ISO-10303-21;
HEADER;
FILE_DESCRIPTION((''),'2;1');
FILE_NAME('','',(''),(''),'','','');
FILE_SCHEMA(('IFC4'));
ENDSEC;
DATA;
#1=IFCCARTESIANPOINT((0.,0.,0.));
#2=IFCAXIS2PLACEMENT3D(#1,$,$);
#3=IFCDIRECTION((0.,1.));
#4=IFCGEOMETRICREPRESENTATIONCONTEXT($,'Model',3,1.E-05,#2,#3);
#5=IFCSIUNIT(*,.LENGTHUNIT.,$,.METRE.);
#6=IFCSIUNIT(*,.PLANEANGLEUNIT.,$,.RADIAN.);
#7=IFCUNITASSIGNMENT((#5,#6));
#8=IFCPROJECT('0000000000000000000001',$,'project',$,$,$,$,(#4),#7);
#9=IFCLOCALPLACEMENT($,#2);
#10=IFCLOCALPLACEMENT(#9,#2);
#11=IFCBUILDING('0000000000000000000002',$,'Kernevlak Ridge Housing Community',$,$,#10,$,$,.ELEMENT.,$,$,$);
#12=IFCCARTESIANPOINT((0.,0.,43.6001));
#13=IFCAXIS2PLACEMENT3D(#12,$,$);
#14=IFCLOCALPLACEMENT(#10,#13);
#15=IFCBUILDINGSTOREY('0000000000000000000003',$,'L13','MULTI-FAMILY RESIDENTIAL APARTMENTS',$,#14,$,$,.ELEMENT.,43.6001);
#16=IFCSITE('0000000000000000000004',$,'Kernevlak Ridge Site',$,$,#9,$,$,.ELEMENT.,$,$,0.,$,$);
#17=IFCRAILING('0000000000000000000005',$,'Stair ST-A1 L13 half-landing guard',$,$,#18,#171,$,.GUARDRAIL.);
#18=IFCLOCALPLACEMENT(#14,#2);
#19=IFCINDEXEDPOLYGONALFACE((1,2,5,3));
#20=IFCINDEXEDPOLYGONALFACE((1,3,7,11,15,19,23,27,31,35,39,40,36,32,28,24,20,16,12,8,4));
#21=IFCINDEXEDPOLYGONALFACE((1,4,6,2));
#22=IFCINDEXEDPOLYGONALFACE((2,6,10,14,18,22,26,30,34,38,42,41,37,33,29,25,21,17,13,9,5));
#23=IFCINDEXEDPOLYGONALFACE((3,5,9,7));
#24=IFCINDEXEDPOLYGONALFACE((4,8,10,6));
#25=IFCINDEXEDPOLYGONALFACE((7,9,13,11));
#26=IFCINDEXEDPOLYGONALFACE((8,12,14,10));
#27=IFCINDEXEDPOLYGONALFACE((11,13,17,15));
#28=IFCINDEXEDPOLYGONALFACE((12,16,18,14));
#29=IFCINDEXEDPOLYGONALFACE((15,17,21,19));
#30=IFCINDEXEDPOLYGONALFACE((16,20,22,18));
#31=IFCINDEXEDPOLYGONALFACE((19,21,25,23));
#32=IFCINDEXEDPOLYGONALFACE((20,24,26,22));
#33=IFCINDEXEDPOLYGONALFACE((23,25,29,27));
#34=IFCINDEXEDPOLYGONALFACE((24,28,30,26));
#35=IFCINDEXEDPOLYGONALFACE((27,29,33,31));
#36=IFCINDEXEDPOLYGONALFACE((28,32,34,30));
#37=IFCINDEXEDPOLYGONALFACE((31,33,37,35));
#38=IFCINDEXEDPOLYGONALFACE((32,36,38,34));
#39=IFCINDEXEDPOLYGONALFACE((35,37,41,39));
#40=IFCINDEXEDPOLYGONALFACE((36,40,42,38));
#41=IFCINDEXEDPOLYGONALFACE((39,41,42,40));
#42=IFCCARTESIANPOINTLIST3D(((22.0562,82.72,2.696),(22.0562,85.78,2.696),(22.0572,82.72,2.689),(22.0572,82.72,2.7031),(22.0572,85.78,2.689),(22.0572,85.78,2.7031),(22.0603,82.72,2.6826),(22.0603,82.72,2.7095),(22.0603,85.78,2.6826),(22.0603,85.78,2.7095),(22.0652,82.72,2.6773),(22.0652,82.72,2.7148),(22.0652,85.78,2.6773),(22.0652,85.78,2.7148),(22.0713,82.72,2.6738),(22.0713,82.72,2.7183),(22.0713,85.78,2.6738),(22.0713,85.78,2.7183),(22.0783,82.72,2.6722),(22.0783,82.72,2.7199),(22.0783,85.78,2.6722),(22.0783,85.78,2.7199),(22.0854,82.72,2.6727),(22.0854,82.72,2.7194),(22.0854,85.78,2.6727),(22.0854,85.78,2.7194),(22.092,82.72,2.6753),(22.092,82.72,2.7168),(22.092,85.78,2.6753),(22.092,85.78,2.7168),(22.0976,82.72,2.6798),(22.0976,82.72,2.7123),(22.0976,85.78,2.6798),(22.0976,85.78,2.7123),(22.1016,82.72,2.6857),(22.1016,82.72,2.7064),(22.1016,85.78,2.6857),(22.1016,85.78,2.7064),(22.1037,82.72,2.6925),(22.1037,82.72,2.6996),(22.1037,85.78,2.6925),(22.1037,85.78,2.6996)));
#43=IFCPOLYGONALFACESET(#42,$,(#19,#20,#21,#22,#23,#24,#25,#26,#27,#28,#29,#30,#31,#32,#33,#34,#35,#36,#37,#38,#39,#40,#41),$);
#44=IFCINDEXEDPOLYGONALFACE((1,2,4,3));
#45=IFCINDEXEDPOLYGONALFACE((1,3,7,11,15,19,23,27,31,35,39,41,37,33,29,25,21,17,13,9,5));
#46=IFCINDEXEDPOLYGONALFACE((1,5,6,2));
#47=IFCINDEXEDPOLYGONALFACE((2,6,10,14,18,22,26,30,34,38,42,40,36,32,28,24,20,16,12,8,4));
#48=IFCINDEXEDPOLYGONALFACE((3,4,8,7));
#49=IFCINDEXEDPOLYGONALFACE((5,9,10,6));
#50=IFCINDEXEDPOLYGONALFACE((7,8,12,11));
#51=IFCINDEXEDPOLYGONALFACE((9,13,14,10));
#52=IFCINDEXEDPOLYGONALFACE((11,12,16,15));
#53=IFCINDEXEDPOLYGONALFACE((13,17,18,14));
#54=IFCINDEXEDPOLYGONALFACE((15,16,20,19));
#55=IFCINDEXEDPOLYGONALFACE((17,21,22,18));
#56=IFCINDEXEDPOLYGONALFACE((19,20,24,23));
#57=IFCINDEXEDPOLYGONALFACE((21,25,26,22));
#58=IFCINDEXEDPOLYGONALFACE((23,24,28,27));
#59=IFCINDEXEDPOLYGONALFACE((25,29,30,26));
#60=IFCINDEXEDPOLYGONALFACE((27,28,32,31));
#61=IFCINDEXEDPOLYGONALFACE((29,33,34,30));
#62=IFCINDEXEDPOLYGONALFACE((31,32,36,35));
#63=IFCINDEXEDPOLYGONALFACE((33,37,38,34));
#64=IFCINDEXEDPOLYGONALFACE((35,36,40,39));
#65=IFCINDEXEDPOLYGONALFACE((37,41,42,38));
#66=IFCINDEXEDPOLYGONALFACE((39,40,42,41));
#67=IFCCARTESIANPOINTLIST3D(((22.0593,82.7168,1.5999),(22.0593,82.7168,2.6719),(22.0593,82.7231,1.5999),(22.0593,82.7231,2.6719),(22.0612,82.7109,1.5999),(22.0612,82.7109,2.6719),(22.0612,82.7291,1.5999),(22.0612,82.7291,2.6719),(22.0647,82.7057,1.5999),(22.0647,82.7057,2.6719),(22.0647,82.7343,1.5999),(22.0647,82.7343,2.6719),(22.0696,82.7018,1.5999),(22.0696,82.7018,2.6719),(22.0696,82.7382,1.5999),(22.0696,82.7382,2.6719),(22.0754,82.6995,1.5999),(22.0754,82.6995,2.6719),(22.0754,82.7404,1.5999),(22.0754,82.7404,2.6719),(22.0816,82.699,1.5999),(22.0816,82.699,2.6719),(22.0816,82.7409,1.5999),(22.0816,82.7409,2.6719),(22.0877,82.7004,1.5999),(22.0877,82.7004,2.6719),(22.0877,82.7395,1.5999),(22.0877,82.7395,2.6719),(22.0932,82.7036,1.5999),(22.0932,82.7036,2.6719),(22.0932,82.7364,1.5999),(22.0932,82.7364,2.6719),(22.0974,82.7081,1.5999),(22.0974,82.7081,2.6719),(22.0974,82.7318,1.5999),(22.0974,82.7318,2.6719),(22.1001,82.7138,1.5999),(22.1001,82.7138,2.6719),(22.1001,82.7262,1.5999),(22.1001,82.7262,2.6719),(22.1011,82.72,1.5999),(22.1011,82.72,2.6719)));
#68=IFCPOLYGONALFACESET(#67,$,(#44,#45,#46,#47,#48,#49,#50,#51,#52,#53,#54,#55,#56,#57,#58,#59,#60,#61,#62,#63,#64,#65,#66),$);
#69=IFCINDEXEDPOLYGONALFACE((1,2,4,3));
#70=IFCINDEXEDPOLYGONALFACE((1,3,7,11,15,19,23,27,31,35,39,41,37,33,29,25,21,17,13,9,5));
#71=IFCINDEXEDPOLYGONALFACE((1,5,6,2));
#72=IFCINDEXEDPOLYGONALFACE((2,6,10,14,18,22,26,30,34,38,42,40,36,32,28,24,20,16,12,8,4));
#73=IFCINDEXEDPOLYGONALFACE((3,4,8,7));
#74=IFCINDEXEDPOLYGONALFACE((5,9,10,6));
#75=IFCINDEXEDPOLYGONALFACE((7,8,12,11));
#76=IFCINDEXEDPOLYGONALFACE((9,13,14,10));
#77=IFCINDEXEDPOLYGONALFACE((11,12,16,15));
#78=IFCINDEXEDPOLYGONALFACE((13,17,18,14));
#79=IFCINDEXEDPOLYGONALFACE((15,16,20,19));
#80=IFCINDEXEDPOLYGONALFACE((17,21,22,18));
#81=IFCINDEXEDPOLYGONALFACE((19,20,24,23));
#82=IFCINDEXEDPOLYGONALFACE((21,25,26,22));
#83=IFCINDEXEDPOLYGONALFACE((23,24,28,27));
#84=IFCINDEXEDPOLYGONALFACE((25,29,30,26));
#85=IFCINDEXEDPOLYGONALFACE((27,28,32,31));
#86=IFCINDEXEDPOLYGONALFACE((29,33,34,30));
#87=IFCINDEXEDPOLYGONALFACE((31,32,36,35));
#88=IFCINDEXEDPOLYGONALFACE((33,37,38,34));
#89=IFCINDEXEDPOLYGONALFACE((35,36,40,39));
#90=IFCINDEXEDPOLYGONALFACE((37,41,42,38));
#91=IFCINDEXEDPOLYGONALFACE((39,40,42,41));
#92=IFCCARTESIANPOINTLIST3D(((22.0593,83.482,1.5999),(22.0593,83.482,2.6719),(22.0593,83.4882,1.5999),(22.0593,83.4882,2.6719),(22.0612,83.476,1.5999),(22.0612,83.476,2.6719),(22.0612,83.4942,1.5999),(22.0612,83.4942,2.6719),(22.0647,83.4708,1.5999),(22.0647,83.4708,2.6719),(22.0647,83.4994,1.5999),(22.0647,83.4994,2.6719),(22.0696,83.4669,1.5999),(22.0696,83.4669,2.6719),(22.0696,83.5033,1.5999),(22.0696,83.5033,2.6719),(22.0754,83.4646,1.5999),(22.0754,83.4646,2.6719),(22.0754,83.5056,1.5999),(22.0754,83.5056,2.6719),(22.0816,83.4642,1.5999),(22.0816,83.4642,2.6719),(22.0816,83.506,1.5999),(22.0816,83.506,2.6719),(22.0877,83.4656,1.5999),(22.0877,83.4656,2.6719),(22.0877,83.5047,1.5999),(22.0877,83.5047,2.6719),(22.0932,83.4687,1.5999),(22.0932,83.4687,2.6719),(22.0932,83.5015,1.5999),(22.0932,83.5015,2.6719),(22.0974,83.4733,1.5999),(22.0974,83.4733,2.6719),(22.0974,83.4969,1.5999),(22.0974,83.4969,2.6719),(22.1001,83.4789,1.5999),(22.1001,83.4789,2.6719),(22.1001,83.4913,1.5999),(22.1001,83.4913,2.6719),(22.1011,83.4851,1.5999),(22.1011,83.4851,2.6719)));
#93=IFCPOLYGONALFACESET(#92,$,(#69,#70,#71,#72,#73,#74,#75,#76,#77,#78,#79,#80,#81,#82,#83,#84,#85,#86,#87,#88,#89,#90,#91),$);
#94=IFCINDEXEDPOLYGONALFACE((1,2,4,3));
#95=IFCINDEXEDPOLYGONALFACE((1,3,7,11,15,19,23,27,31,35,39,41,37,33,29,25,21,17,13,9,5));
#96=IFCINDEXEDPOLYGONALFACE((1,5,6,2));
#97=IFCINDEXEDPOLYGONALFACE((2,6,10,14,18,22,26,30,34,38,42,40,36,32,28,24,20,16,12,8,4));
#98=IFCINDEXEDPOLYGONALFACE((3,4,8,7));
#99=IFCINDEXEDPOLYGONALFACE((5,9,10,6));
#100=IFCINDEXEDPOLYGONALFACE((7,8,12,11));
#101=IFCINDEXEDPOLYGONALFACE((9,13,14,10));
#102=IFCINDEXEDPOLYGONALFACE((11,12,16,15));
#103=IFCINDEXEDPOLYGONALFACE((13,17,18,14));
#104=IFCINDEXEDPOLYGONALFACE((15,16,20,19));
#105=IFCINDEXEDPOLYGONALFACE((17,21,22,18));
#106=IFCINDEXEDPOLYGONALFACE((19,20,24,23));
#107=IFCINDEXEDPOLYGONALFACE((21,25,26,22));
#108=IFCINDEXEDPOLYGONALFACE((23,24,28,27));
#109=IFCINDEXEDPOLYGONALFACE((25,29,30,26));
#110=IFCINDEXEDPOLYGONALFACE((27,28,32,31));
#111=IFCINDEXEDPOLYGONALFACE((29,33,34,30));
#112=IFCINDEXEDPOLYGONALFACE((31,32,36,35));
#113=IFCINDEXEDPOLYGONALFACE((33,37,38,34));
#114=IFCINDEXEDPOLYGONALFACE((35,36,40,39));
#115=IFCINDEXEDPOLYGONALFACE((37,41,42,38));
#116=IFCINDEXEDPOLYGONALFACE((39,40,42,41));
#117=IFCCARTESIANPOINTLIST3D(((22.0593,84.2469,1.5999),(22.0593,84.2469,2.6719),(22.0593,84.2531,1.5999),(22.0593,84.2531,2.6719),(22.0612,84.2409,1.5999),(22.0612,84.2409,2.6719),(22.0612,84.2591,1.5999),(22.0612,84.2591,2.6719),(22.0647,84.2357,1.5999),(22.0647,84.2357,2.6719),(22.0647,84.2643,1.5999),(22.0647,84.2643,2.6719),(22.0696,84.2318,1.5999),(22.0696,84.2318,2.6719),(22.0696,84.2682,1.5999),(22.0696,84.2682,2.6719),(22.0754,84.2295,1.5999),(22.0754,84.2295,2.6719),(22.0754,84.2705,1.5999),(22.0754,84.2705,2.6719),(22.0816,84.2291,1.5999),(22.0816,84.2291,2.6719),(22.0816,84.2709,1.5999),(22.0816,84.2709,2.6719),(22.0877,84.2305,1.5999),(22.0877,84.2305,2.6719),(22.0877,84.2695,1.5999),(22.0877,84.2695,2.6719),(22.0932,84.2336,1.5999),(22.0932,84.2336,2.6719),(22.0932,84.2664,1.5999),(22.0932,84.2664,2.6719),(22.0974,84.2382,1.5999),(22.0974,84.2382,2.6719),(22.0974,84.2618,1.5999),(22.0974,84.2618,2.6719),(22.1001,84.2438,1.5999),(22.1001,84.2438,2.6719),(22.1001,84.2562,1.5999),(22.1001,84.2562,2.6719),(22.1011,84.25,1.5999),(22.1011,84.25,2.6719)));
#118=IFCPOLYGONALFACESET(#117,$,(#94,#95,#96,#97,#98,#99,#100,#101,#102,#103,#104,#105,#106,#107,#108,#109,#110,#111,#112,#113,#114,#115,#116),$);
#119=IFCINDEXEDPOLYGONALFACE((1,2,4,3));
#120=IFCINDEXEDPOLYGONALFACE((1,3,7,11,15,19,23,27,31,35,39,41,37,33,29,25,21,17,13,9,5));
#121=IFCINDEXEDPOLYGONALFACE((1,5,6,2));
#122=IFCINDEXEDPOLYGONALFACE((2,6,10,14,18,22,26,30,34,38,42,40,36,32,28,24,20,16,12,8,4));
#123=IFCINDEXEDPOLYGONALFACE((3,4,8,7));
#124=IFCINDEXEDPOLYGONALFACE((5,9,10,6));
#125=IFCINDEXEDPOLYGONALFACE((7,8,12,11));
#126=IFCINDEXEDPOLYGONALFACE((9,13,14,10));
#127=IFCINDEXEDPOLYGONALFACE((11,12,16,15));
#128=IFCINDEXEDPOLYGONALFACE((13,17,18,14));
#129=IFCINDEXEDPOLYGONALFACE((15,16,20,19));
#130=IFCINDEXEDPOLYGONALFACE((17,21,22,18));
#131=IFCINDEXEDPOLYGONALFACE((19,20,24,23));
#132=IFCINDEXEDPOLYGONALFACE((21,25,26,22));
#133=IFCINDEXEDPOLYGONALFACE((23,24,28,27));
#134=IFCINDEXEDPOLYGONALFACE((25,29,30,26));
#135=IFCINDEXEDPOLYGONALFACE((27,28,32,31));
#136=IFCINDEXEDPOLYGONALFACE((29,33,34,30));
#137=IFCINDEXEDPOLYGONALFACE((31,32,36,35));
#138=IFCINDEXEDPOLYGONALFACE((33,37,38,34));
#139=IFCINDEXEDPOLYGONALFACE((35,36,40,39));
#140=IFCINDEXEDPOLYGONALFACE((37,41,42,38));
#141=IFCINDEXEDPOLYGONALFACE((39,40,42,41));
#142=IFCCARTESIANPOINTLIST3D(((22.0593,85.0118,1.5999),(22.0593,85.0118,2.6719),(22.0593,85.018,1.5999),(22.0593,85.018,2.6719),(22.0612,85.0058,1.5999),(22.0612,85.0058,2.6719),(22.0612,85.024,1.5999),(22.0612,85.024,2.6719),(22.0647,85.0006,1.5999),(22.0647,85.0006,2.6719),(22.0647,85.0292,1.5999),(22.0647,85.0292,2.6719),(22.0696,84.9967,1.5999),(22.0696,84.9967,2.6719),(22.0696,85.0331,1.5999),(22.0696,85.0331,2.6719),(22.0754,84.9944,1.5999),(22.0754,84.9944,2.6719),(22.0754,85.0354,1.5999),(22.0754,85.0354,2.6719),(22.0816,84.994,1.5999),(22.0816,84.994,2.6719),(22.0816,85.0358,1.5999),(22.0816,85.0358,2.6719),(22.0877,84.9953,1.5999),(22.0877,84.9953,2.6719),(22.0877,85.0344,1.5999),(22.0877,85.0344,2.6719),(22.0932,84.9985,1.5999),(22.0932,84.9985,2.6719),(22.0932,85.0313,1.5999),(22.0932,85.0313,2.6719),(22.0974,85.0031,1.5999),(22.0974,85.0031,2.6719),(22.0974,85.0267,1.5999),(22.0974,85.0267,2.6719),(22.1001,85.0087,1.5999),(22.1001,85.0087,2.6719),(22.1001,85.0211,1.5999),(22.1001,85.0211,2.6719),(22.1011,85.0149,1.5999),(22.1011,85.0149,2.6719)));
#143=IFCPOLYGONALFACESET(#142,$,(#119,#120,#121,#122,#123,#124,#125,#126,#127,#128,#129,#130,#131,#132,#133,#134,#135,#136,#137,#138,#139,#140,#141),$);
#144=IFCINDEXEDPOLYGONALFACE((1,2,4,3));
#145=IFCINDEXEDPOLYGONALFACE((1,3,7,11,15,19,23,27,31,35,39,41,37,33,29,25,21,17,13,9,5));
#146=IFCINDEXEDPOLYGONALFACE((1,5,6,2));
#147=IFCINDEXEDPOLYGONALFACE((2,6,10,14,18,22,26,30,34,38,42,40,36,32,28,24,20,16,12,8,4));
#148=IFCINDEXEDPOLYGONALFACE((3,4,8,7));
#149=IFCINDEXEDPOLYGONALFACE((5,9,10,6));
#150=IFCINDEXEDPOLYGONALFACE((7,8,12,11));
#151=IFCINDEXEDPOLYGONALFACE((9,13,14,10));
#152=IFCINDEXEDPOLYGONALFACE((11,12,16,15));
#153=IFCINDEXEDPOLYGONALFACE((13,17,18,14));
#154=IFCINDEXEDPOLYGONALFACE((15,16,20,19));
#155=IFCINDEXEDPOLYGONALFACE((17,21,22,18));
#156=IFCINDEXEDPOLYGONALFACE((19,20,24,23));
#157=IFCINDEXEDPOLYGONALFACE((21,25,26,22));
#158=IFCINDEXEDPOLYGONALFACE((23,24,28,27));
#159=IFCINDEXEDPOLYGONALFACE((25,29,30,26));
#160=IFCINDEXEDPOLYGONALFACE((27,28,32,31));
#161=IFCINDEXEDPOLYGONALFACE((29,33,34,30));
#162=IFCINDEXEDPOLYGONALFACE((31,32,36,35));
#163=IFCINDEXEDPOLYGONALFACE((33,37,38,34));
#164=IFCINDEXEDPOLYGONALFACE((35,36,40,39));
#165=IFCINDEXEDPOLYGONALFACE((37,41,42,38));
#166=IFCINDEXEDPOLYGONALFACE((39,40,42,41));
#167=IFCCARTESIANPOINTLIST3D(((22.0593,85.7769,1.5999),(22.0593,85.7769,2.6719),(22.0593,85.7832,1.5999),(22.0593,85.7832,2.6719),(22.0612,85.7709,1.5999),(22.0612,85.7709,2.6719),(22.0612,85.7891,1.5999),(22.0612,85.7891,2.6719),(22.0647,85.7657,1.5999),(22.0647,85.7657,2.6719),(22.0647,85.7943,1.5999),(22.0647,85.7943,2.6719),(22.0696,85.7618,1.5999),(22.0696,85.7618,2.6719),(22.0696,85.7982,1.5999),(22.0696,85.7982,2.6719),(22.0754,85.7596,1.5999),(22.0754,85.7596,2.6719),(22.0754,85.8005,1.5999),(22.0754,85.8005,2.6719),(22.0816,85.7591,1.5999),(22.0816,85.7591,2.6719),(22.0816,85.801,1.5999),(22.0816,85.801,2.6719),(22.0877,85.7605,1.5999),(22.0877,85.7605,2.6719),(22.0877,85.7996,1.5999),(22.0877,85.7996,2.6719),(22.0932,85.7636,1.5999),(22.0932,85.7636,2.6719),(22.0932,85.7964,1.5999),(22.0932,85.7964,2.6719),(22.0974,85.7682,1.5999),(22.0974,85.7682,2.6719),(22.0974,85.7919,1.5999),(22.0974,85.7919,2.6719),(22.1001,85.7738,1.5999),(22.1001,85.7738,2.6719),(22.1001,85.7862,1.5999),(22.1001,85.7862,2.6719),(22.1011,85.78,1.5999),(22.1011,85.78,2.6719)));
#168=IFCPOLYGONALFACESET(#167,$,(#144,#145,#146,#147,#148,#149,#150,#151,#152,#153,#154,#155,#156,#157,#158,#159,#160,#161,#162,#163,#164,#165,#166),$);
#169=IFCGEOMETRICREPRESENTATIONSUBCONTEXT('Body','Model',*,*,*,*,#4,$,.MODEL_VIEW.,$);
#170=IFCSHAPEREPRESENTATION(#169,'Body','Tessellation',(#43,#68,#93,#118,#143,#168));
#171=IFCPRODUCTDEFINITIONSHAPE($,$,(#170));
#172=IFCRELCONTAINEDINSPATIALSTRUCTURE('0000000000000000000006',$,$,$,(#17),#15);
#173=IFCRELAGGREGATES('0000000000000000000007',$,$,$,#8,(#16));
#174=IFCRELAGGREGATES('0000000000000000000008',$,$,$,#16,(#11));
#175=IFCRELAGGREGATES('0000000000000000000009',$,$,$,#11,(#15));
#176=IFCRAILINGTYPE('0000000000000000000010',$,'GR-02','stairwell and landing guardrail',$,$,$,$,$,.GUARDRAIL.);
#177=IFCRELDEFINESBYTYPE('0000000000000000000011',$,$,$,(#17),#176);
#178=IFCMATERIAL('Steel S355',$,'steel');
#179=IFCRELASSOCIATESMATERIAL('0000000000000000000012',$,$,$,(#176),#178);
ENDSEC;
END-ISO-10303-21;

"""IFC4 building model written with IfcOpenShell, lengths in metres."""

from ifc_helpers import new_model, si_unit, direction, frame, origin, origin_2d, place, context, subcontext, project, spatial, circle, extrude, material, type_object, element, save


model = new_model("IFC4")

# Units and contexts
model_context = context("Model", 3, precision=1e-05, world=origin(), true_north=direction((0.0, 1.0)))
body_context = subcontext(model_context, "Body", "Model", "MODEL_VIEW")
ifc_project = project(units=[si_unit("LENGTHUNIT", "METRE"), si_unit("PLANEANGLEUNIT", "RADIAN")], contexts=[model_context])

# Site, building, storey
site_placement = place(None, origin())
site = spatial("IfcSite", under=ifc_project, at=site_placement, Name="Kernevlak Ridge Site", CompositionType="ELEMENT", RefElevation=0.0)
building_placement = place(site_placement, origin())
building = spatial("IfcBuilding", under=site, at=building_placement, Name="Kernevlak Ridge Housing Community", CompositionType="ELEMENT")
storey_placement = place(building_placement, frame((0.0, 0.0, 43.6001)))
storey = spatial("IfcBuildingStorey", under=building, at=storey_placement, Name="L13", Description="MULTI-FAMILY RESIDENTIAL APARTMENTS", CompositionType="ELEMENT", Elevation=43.6001)

# Railing
ifc_material_1 = material(Name="Steel S355", Category="steel")
railing_type_1 = type_object("IfcRailingType", Name="GR-02", Description="stairwell and landing guardrail", PredefinedType="GUARDRAIL", material=ifc_material_1)
railing_1_placement = place(storey_placement, frame((22.0801, 82.72, 1.5999)))
element("IfcRailing", 1, at=railing_1_placement, inside=storey, type_object=railing_type_1, Name="Stair ST-A1 L13 half-landing guard", PredefinedType="GUARDRAIL", context=body_context, shape_type="SweptSolid", body=[
    extrude(circle(Radius=0.0239, at=origin_2d()), frame((0.0, 0.0, 1.0962), z_axis=(0.0, 1.0, 0.0), x_axis=(-1.0, 0.0, 0.0)), (0.0, 0.0, 1.0), 3.0601),
    extrude(circle(Radius=0.021, at=origin_2d()), origin(), (0.0, 0.0, 1.0), 1.072),
    extrude(circle(Radius=0.021, at=origin_2d()), frame((0.0, 0.7651, 0.0)), (0.0, 0.0, 1.0), 1.072),
    extrude(circle(Radius=0.021, at=origin_2d()), frame((0.0, 1.53, 0.0)), (0.0, 0.0, 1.0), 1.072),
    extrude(circle(Radius=0.021, at=origin_2d()), frame((0.0, 2.2949, 0.0)), (0.0, 0.0, 1.0), 1.072),
    extrude(circle(Radius=0.021, at=origin_2d()), frame((0.0, 3.0601, 0.0)), (0.0, 0.0, 1.0), 1.072),
])

save(model, "model.ifc")
